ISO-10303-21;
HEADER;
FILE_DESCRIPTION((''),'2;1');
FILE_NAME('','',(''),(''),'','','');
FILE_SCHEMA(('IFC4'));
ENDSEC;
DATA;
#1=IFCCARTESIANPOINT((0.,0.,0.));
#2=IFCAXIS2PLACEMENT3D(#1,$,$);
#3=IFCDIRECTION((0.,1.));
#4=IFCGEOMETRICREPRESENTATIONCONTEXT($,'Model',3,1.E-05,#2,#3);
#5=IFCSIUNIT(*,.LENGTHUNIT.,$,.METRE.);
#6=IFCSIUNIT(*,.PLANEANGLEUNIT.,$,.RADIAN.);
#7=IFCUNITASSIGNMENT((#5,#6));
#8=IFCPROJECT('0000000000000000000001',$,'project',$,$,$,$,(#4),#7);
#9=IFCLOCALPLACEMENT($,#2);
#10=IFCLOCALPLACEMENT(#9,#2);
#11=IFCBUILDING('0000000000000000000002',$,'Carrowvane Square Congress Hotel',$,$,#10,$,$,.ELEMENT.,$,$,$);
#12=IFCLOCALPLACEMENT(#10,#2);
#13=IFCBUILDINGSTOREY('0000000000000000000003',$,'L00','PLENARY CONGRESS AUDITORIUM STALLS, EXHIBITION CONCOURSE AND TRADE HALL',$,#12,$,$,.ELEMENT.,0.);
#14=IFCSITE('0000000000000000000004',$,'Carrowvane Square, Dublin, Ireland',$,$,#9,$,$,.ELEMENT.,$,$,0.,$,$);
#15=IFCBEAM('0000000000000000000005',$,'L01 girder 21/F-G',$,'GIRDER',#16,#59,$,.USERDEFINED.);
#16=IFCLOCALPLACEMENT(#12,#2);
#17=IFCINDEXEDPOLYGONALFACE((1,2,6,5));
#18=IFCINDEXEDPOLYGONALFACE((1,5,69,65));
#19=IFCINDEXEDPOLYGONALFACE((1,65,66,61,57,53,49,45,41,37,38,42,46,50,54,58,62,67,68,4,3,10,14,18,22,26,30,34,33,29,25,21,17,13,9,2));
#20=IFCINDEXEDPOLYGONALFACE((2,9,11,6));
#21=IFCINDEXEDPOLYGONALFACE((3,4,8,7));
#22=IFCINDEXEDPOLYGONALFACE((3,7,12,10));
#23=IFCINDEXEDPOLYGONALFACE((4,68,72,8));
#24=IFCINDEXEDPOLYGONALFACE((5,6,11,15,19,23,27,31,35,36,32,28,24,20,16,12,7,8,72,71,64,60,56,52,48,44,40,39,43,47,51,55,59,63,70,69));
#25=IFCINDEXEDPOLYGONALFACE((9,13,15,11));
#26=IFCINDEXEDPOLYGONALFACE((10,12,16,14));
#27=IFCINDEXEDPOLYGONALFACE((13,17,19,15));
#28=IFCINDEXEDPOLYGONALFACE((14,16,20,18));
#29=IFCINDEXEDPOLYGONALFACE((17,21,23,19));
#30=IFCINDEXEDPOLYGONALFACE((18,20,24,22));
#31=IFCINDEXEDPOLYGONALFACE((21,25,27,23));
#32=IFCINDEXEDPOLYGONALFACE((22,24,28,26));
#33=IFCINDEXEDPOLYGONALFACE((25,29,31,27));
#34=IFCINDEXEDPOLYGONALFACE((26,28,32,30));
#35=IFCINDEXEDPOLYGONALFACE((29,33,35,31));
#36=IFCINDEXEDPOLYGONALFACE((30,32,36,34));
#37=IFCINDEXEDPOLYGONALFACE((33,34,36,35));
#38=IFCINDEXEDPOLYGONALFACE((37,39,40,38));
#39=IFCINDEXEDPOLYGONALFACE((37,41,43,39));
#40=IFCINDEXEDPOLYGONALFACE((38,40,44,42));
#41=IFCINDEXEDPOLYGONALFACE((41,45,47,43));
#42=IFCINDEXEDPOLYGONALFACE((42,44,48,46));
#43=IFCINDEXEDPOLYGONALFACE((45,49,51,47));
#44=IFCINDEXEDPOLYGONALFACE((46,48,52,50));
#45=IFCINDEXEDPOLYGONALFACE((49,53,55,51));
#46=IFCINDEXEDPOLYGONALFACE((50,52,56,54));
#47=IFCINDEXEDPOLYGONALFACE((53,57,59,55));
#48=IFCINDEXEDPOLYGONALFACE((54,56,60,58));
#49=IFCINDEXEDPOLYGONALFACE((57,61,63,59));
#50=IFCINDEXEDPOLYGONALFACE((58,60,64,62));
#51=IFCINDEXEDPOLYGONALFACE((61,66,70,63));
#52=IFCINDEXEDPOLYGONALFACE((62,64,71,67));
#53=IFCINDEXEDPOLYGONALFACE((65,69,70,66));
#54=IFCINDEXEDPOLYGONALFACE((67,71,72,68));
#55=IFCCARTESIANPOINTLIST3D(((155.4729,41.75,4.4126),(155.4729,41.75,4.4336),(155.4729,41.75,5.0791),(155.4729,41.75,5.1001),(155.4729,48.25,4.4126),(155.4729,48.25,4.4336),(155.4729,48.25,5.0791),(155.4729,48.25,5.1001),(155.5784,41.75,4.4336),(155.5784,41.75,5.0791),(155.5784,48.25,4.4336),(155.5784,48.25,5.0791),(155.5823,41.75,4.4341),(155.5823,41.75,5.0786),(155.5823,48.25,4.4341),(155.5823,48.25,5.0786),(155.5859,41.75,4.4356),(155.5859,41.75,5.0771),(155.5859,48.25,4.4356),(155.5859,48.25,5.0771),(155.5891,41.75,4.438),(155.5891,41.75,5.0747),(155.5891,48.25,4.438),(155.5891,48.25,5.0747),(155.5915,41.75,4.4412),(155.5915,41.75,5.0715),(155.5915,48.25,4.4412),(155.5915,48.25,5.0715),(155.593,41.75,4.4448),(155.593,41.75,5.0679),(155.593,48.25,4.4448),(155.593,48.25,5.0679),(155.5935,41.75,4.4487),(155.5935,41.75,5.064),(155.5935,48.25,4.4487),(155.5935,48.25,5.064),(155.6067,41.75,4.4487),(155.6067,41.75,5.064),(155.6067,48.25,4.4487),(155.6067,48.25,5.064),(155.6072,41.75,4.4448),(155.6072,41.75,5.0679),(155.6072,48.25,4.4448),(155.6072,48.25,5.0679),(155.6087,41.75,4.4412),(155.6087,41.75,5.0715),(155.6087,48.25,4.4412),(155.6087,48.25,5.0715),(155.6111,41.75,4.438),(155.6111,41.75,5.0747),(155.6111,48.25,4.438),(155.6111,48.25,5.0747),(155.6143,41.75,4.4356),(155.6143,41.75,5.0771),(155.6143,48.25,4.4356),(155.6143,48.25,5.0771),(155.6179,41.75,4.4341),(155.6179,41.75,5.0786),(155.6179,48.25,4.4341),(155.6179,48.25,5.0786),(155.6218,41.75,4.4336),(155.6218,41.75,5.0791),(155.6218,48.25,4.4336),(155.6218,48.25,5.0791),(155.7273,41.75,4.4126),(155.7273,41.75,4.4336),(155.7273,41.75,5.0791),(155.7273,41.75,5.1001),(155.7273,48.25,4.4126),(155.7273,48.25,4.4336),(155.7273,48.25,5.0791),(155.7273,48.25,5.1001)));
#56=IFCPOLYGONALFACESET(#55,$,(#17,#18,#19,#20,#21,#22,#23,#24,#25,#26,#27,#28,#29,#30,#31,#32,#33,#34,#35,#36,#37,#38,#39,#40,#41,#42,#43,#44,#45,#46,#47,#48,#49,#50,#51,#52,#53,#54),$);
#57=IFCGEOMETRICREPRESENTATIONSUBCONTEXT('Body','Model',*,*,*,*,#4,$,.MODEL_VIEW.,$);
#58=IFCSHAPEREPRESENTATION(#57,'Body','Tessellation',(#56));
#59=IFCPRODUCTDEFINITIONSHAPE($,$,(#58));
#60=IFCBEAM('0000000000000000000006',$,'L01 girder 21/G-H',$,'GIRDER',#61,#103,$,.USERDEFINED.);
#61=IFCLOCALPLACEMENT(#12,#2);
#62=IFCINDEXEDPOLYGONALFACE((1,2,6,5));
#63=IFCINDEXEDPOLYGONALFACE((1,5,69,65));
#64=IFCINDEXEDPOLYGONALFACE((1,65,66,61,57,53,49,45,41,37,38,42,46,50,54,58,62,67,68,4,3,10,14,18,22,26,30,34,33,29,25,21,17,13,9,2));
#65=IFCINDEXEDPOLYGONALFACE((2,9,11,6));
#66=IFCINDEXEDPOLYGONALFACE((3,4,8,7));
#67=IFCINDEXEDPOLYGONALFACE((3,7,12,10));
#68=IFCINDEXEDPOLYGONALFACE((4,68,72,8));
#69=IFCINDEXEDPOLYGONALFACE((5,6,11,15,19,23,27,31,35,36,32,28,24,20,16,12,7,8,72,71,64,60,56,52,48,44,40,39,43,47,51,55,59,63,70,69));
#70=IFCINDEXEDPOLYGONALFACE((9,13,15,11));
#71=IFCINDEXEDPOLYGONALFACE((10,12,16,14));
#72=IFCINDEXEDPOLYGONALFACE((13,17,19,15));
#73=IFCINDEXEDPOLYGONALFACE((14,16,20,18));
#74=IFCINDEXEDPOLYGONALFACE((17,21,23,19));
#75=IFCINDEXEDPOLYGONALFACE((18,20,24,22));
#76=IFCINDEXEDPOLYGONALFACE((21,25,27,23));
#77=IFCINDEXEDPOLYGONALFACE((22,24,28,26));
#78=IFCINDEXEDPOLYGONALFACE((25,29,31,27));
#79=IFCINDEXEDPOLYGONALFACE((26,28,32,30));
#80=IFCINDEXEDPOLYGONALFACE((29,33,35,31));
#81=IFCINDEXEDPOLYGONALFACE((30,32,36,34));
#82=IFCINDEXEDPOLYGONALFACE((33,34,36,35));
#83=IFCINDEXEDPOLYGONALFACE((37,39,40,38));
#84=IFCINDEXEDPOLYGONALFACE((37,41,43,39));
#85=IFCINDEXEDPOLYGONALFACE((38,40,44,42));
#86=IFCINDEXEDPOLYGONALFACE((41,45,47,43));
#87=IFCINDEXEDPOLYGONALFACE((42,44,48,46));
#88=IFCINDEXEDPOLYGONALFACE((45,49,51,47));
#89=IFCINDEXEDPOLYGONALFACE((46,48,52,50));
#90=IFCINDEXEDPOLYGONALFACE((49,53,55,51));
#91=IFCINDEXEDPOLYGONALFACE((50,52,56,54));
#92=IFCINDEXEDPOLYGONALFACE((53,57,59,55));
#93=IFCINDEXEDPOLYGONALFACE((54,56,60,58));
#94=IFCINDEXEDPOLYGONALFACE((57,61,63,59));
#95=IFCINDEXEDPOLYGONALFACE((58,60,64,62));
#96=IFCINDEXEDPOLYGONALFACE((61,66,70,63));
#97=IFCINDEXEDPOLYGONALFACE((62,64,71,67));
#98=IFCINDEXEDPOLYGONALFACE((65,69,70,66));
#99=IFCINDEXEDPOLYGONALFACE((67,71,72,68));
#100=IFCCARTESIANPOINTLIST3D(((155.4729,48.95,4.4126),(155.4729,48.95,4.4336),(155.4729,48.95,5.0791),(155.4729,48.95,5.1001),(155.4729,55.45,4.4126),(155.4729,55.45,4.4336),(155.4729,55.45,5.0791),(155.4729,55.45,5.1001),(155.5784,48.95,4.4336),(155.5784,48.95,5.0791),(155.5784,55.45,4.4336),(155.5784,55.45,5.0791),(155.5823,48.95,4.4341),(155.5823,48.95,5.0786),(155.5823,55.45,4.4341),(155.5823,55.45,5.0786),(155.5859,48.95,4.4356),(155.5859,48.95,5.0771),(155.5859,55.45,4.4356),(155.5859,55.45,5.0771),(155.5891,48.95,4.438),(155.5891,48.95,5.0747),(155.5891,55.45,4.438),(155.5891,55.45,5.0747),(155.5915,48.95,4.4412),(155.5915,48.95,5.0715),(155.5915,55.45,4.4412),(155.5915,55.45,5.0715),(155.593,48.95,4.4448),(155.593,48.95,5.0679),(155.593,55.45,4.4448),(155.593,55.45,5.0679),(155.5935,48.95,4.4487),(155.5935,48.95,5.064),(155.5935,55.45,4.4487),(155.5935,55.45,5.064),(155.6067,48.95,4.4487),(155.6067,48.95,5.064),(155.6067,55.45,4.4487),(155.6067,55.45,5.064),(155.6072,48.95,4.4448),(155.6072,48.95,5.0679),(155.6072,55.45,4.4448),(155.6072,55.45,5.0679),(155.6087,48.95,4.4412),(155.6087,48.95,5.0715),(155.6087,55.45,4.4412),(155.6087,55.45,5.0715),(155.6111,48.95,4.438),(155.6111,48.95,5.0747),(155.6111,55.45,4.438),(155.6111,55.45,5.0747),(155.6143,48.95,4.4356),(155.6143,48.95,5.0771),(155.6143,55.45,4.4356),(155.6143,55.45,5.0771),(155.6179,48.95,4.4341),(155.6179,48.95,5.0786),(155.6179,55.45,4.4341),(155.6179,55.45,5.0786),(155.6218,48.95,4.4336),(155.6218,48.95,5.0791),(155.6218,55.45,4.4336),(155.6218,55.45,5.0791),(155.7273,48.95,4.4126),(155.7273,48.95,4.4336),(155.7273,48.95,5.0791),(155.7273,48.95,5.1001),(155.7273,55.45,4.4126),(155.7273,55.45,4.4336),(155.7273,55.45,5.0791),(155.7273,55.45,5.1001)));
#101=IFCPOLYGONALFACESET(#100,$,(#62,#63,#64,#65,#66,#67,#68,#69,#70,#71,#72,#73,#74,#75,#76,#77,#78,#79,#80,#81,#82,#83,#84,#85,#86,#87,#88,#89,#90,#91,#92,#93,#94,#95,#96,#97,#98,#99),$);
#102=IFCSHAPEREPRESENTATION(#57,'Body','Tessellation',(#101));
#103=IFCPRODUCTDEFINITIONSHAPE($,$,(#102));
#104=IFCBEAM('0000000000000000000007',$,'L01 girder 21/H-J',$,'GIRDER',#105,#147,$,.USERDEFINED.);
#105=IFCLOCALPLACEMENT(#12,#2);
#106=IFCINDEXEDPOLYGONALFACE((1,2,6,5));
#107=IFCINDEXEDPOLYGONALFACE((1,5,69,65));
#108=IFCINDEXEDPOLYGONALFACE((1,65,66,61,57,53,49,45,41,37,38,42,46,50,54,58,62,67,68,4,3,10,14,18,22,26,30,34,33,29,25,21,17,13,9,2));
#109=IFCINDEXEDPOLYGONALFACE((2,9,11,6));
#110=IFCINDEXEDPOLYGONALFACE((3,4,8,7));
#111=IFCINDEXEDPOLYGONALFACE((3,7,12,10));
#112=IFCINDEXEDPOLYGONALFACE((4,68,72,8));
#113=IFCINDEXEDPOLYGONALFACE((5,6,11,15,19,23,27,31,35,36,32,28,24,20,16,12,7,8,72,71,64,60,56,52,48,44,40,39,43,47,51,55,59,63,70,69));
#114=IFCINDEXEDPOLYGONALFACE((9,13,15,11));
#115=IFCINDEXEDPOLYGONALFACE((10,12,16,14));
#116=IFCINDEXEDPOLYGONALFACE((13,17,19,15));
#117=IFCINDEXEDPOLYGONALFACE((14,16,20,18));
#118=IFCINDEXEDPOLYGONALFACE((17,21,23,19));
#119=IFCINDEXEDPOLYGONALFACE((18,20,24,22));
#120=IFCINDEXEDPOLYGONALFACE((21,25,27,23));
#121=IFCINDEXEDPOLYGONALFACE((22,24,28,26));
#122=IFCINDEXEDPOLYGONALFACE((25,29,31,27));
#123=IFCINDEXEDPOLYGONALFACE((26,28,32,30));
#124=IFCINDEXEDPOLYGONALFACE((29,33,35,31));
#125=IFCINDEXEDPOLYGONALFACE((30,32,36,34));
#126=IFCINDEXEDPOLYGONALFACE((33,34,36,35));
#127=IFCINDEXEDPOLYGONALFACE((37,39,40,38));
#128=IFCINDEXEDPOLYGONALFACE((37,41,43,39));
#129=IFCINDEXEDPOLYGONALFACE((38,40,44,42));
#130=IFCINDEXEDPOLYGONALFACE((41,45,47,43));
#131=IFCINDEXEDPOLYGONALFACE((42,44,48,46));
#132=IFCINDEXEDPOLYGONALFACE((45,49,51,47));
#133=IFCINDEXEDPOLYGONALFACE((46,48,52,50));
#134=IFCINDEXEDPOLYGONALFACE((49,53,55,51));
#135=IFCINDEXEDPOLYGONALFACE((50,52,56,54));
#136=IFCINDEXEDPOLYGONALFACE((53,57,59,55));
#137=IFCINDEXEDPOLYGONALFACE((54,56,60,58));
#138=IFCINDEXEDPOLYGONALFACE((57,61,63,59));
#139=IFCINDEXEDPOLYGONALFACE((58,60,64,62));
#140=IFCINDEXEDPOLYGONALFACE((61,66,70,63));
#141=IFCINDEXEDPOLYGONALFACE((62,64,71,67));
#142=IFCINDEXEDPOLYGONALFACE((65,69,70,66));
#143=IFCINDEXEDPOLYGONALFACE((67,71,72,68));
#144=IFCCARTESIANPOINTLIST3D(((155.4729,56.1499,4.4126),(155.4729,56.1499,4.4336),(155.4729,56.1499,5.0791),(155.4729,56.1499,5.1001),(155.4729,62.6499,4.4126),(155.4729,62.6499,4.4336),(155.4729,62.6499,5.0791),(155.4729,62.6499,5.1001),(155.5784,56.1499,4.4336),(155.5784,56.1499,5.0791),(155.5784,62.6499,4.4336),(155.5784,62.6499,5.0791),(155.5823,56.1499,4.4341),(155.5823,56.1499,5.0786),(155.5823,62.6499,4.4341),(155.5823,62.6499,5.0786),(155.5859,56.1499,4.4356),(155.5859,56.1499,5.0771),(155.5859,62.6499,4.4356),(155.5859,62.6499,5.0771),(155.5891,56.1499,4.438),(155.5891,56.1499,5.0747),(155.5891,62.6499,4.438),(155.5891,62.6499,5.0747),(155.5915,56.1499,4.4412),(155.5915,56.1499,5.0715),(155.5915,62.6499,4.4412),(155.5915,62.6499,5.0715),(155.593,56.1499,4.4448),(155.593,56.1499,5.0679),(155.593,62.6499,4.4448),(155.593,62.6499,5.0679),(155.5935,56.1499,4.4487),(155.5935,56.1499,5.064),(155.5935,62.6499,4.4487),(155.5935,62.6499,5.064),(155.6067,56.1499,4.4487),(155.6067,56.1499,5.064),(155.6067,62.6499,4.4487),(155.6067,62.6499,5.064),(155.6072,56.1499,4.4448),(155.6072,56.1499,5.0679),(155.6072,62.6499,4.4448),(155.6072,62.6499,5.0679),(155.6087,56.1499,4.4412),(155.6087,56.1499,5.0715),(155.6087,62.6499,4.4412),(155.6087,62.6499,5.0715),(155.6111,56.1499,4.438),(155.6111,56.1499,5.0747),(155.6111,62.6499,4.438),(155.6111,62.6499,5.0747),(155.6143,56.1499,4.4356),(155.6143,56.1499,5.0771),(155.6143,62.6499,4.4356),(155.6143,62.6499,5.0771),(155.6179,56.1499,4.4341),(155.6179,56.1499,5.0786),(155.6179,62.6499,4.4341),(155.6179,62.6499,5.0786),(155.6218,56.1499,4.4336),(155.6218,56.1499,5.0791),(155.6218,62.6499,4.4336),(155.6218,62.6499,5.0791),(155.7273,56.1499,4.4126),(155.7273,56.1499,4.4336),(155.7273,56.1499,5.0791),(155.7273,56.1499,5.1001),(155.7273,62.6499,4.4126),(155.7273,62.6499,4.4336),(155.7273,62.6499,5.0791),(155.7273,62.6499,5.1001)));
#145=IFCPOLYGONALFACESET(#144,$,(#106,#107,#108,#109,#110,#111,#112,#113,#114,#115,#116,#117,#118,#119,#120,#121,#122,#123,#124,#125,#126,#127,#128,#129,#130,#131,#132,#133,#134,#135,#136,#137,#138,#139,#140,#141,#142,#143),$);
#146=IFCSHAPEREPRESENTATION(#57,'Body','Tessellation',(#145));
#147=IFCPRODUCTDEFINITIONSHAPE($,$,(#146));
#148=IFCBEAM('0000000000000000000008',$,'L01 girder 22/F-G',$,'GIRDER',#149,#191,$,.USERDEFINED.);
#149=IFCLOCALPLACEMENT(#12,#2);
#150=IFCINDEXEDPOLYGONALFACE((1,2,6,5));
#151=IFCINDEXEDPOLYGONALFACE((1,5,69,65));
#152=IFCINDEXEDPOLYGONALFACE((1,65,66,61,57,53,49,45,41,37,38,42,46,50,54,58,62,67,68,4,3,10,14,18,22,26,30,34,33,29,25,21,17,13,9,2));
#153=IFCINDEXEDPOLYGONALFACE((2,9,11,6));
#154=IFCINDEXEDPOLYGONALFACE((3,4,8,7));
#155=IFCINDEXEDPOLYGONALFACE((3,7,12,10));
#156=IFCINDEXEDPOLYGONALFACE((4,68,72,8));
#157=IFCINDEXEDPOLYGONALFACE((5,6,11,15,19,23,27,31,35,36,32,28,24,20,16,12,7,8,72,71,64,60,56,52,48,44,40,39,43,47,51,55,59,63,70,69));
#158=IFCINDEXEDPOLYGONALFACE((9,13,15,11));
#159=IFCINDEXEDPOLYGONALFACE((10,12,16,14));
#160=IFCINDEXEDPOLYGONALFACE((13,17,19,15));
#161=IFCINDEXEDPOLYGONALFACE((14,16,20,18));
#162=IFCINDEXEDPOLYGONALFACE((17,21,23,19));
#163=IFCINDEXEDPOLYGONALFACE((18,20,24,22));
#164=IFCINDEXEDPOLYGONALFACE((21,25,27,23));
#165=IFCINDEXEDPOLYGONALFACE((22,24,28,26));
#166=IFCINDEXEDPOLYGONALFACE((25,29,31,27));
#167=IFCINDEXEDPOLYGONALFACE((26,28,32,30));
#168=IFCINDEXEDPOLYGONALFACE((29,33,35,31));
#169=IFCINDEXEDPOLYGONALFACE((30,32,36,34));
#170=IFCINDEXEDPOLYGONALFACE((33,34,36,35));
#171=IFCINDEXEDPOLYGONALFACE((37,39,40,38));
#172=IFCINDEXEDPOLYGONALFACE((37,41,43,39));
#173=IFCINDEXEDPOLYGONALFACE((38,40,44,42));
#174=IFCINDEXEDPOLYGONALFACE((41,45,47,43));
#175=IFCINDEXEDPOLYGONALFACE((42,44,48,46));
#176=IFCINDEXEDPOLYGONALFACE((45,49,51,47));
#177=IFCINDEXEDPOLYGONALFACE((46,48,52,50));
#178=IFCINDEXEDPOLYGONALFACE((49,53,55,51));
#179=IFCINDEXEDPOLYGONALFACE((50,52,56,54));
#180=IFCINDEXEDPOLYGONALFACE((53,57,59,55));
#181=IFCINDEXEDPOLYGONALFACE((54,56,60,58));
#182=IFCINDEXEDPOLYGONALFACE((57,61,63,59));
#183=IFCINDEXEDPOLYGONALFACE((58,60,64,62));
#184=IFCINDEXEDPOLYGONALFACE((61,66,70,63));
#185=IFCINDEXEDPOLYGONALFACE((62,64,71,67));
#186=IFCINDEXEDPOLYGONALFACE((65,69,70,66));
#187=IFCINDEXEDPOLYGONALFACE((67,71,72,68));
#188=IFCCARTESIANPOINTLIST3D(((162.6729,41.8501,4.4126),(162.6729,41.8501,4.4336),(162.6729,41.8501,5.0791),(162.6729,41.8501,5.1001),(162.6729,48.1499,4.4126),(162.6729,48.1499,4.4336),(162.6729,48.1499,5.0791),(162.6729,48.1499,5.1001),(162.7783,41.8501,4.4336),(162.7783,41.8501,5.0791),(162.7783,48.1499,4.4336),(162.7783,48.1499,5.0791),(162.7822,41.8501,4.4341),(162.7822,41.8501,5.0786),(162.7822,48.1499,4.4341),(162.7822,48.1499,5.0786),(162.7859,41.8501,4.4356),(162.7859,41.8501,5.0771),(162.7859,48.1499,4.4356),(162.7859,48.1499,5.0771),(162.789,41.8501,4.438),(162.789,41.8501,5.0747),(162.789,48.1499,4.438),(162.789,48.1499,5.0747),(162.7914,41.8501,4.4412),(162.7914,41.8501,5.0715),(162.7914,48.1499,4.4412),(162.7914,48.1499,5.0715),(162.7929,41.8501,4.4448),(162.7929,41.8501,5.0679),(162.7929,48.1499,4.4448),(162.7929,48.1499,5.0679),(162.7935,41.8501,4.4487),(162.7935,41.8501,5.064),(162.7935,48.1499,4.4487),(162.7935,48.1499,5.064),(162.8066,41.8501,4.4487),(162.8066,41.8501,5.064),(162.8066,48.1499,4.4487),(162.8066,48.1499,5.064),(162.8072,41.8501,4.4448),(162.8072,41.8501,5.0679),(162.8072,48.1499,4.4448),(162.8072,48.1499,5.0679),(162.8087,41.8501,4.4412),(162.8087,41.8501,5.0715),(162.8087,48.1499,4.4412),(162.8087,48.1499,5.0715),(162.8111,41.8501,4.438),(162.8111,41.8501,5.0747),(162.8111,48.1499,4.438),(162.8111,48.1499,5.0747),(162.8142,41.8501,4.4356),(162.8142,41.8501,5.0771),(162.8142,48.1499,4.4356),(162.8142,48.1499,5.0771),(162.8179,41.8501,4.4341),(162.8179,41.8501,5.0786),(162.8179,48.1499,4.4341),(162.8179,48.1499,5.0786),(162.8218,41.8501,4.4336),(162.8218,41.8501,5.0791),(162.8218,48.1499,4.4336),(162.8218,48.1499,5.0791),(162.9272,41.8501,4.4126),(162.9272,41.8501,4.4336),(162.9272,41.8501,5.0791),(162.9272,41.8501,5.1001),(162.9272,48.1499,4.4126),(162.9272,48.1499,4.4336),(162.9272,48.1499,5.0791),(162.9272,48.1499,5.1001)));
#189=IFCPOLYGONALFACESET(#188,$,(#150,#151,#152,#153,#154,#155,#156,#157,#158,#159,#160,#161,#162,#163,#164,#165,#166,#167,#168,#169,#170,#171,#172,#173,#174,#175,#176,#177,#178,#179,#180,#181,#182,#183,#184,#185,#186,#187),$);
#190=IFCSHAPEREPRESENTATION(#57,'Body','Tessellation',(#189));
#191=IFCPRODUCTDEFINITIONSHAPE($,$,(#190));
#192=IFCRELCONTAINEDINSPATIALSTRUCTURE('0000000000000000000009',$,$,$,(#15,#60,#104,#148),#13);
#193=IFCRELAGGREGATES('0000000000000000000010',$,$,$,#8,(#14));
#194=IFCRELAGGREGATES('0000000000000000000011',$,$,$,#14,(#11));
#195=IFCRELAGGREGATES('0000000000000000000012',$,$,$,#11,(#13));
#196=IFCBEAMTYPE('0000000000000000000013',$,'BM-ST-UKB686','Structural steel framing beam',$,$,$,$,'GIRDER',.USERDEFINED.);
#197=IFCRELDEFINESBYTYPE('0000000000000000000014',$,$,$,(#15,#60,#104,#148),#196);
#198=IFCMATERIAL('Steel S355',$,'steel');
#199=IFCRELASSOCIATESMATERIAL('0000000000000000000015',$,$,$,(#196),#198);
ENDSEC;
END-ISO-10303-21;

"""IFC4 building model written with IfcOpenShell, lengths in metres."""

from ifc_helpers import new_model, si_unit, direction, frame, origin, origin_2d, place, context, subcontext, project, spatial, i_section, extrude, material, material_profile, profile_set, type_object, element, save


model = new_model("IFC4")

# Units and contexts
model_context = context("Model", 3, precision=1e-05, world=origin(), true_north=direction((0.0, 1.0)))
body_context = subcontext(model_context, "Body", "Model", "MODEL_VIEW")
ifc_project = project(units=[si_unit("LENGTHUNIT", "METRE"), si_unit("PLANEANGLEUNIT", "RADIAN")], contexts=[model_context])

# Site, building, storey
site_placement = place(None, origin())
site = spatial("IfcSite", under=ifc_project, at=site_placement, Name="Carrowvane Square, Dublin, Ireland", CompositionType="ELEMENT", RefElevation=0.0)
building_placement = place(site_placement, origin())
building = spatial("IfcBuilding", under=site, at=building_placement, Name="Carrowvane Square Congress Hotel", CompositionType="ELEMENT")
storey_placement = place(building_placement, origin())
storey = spatial("IfcBuildingStorey", under=building, at=storey_placement, Name="L00", Description="PLENARY CONGRESS AUDITORIUM STALLS, EXHIBITION CONCOURSE AND TRADE HALL", CompositionType="ELEMENT", Elevation=0.0)

# Beams
ifc_material_1 = material(Name="Steel S355", Category="steel")
ifc_material_profile_1 = material_profile(ifc_material_1, i_section(OverallWidth=0.2544, OverallDepth=0.6875, WebThickness=0.0132, FlangeThickness=0.021, FilletRadius=0.0151, at=origin_2d()), Name="UKB 686x254x152")
ifc_profile_set_1 = profile_set([ifc_material_profile_1], Name="Steel S355")
beam_type_1 = type_object("IfcBeamType", Name="BM-ST-UKB686", Description="Structural steel framing beam", ElementType="GIRDER", PredefinedType="USERDEFINED", material=ifc_profile_set_1)
for number, where, z_axis, x_axis, name in (
    (1, (155.6001, 41.75, 4.7563), (0.0, 1.0, 0.0), (-1.0, 0.0, 0.0), "L01 girder 21/F-G"),
    (2, (155.6001, 48.95, 4.7563), (0.0, 1.0, 0.0), (-1.0, 0.0, 0.0), "L01 girder 21/G-H"),
    (3, (155.6001, 56.1499, 4.7563), (0.0, 1.0, 0.0), (-1.0, 0.0, 0.0), "L01 girder 21/H-J"),
):
    element("IfcBeam", number, at=place(storey_placement, frame(where, z_axis=z_axis, x_axis=x_axis)), inside=storey, type_object=beam_type_1, Name=name, ObjectType="GIRDER", PredefinedType="USERDEFINED", context=body_context, shape_type="SweptSolid", body=[
        extrude(i_section(OverallWidth=0.2544, OverallDepth=0.6875, WebThickness=0.0132, FlangeThickness=0.021, FilletRadius=0.0151, at=origin_2d()), origin(), (0.0, 0.0, 1.0), 6.5),
    ])
beam_1_placement = place(storey_placement, frame((162.8, 41.8501, 4.7563), z_axis=(0.0, 1.0, 0.0), x_axis=(-1.0, 0.0, 0.0)))
element("IfcBeam", 4, at=beam_1_placement, inside=storey, type_object=beam_type_1, Name="L01 girder 22/F-G", ObjectType="GIRDER", PredefinedType="USERDEFINED", context=body_context, shape_type="SweptSolid", body=[
    extrude(i_section(OverallWidth=0.2544, OverallDepth=0.6875, WebThickness=0.0132, FlangeThickness=0.021, FilletRadius=0.0151, at=origin_2d()), origin(), (0.0, 0.0, 1.0), 6.2998),
])

save(model, "model.ifc")
